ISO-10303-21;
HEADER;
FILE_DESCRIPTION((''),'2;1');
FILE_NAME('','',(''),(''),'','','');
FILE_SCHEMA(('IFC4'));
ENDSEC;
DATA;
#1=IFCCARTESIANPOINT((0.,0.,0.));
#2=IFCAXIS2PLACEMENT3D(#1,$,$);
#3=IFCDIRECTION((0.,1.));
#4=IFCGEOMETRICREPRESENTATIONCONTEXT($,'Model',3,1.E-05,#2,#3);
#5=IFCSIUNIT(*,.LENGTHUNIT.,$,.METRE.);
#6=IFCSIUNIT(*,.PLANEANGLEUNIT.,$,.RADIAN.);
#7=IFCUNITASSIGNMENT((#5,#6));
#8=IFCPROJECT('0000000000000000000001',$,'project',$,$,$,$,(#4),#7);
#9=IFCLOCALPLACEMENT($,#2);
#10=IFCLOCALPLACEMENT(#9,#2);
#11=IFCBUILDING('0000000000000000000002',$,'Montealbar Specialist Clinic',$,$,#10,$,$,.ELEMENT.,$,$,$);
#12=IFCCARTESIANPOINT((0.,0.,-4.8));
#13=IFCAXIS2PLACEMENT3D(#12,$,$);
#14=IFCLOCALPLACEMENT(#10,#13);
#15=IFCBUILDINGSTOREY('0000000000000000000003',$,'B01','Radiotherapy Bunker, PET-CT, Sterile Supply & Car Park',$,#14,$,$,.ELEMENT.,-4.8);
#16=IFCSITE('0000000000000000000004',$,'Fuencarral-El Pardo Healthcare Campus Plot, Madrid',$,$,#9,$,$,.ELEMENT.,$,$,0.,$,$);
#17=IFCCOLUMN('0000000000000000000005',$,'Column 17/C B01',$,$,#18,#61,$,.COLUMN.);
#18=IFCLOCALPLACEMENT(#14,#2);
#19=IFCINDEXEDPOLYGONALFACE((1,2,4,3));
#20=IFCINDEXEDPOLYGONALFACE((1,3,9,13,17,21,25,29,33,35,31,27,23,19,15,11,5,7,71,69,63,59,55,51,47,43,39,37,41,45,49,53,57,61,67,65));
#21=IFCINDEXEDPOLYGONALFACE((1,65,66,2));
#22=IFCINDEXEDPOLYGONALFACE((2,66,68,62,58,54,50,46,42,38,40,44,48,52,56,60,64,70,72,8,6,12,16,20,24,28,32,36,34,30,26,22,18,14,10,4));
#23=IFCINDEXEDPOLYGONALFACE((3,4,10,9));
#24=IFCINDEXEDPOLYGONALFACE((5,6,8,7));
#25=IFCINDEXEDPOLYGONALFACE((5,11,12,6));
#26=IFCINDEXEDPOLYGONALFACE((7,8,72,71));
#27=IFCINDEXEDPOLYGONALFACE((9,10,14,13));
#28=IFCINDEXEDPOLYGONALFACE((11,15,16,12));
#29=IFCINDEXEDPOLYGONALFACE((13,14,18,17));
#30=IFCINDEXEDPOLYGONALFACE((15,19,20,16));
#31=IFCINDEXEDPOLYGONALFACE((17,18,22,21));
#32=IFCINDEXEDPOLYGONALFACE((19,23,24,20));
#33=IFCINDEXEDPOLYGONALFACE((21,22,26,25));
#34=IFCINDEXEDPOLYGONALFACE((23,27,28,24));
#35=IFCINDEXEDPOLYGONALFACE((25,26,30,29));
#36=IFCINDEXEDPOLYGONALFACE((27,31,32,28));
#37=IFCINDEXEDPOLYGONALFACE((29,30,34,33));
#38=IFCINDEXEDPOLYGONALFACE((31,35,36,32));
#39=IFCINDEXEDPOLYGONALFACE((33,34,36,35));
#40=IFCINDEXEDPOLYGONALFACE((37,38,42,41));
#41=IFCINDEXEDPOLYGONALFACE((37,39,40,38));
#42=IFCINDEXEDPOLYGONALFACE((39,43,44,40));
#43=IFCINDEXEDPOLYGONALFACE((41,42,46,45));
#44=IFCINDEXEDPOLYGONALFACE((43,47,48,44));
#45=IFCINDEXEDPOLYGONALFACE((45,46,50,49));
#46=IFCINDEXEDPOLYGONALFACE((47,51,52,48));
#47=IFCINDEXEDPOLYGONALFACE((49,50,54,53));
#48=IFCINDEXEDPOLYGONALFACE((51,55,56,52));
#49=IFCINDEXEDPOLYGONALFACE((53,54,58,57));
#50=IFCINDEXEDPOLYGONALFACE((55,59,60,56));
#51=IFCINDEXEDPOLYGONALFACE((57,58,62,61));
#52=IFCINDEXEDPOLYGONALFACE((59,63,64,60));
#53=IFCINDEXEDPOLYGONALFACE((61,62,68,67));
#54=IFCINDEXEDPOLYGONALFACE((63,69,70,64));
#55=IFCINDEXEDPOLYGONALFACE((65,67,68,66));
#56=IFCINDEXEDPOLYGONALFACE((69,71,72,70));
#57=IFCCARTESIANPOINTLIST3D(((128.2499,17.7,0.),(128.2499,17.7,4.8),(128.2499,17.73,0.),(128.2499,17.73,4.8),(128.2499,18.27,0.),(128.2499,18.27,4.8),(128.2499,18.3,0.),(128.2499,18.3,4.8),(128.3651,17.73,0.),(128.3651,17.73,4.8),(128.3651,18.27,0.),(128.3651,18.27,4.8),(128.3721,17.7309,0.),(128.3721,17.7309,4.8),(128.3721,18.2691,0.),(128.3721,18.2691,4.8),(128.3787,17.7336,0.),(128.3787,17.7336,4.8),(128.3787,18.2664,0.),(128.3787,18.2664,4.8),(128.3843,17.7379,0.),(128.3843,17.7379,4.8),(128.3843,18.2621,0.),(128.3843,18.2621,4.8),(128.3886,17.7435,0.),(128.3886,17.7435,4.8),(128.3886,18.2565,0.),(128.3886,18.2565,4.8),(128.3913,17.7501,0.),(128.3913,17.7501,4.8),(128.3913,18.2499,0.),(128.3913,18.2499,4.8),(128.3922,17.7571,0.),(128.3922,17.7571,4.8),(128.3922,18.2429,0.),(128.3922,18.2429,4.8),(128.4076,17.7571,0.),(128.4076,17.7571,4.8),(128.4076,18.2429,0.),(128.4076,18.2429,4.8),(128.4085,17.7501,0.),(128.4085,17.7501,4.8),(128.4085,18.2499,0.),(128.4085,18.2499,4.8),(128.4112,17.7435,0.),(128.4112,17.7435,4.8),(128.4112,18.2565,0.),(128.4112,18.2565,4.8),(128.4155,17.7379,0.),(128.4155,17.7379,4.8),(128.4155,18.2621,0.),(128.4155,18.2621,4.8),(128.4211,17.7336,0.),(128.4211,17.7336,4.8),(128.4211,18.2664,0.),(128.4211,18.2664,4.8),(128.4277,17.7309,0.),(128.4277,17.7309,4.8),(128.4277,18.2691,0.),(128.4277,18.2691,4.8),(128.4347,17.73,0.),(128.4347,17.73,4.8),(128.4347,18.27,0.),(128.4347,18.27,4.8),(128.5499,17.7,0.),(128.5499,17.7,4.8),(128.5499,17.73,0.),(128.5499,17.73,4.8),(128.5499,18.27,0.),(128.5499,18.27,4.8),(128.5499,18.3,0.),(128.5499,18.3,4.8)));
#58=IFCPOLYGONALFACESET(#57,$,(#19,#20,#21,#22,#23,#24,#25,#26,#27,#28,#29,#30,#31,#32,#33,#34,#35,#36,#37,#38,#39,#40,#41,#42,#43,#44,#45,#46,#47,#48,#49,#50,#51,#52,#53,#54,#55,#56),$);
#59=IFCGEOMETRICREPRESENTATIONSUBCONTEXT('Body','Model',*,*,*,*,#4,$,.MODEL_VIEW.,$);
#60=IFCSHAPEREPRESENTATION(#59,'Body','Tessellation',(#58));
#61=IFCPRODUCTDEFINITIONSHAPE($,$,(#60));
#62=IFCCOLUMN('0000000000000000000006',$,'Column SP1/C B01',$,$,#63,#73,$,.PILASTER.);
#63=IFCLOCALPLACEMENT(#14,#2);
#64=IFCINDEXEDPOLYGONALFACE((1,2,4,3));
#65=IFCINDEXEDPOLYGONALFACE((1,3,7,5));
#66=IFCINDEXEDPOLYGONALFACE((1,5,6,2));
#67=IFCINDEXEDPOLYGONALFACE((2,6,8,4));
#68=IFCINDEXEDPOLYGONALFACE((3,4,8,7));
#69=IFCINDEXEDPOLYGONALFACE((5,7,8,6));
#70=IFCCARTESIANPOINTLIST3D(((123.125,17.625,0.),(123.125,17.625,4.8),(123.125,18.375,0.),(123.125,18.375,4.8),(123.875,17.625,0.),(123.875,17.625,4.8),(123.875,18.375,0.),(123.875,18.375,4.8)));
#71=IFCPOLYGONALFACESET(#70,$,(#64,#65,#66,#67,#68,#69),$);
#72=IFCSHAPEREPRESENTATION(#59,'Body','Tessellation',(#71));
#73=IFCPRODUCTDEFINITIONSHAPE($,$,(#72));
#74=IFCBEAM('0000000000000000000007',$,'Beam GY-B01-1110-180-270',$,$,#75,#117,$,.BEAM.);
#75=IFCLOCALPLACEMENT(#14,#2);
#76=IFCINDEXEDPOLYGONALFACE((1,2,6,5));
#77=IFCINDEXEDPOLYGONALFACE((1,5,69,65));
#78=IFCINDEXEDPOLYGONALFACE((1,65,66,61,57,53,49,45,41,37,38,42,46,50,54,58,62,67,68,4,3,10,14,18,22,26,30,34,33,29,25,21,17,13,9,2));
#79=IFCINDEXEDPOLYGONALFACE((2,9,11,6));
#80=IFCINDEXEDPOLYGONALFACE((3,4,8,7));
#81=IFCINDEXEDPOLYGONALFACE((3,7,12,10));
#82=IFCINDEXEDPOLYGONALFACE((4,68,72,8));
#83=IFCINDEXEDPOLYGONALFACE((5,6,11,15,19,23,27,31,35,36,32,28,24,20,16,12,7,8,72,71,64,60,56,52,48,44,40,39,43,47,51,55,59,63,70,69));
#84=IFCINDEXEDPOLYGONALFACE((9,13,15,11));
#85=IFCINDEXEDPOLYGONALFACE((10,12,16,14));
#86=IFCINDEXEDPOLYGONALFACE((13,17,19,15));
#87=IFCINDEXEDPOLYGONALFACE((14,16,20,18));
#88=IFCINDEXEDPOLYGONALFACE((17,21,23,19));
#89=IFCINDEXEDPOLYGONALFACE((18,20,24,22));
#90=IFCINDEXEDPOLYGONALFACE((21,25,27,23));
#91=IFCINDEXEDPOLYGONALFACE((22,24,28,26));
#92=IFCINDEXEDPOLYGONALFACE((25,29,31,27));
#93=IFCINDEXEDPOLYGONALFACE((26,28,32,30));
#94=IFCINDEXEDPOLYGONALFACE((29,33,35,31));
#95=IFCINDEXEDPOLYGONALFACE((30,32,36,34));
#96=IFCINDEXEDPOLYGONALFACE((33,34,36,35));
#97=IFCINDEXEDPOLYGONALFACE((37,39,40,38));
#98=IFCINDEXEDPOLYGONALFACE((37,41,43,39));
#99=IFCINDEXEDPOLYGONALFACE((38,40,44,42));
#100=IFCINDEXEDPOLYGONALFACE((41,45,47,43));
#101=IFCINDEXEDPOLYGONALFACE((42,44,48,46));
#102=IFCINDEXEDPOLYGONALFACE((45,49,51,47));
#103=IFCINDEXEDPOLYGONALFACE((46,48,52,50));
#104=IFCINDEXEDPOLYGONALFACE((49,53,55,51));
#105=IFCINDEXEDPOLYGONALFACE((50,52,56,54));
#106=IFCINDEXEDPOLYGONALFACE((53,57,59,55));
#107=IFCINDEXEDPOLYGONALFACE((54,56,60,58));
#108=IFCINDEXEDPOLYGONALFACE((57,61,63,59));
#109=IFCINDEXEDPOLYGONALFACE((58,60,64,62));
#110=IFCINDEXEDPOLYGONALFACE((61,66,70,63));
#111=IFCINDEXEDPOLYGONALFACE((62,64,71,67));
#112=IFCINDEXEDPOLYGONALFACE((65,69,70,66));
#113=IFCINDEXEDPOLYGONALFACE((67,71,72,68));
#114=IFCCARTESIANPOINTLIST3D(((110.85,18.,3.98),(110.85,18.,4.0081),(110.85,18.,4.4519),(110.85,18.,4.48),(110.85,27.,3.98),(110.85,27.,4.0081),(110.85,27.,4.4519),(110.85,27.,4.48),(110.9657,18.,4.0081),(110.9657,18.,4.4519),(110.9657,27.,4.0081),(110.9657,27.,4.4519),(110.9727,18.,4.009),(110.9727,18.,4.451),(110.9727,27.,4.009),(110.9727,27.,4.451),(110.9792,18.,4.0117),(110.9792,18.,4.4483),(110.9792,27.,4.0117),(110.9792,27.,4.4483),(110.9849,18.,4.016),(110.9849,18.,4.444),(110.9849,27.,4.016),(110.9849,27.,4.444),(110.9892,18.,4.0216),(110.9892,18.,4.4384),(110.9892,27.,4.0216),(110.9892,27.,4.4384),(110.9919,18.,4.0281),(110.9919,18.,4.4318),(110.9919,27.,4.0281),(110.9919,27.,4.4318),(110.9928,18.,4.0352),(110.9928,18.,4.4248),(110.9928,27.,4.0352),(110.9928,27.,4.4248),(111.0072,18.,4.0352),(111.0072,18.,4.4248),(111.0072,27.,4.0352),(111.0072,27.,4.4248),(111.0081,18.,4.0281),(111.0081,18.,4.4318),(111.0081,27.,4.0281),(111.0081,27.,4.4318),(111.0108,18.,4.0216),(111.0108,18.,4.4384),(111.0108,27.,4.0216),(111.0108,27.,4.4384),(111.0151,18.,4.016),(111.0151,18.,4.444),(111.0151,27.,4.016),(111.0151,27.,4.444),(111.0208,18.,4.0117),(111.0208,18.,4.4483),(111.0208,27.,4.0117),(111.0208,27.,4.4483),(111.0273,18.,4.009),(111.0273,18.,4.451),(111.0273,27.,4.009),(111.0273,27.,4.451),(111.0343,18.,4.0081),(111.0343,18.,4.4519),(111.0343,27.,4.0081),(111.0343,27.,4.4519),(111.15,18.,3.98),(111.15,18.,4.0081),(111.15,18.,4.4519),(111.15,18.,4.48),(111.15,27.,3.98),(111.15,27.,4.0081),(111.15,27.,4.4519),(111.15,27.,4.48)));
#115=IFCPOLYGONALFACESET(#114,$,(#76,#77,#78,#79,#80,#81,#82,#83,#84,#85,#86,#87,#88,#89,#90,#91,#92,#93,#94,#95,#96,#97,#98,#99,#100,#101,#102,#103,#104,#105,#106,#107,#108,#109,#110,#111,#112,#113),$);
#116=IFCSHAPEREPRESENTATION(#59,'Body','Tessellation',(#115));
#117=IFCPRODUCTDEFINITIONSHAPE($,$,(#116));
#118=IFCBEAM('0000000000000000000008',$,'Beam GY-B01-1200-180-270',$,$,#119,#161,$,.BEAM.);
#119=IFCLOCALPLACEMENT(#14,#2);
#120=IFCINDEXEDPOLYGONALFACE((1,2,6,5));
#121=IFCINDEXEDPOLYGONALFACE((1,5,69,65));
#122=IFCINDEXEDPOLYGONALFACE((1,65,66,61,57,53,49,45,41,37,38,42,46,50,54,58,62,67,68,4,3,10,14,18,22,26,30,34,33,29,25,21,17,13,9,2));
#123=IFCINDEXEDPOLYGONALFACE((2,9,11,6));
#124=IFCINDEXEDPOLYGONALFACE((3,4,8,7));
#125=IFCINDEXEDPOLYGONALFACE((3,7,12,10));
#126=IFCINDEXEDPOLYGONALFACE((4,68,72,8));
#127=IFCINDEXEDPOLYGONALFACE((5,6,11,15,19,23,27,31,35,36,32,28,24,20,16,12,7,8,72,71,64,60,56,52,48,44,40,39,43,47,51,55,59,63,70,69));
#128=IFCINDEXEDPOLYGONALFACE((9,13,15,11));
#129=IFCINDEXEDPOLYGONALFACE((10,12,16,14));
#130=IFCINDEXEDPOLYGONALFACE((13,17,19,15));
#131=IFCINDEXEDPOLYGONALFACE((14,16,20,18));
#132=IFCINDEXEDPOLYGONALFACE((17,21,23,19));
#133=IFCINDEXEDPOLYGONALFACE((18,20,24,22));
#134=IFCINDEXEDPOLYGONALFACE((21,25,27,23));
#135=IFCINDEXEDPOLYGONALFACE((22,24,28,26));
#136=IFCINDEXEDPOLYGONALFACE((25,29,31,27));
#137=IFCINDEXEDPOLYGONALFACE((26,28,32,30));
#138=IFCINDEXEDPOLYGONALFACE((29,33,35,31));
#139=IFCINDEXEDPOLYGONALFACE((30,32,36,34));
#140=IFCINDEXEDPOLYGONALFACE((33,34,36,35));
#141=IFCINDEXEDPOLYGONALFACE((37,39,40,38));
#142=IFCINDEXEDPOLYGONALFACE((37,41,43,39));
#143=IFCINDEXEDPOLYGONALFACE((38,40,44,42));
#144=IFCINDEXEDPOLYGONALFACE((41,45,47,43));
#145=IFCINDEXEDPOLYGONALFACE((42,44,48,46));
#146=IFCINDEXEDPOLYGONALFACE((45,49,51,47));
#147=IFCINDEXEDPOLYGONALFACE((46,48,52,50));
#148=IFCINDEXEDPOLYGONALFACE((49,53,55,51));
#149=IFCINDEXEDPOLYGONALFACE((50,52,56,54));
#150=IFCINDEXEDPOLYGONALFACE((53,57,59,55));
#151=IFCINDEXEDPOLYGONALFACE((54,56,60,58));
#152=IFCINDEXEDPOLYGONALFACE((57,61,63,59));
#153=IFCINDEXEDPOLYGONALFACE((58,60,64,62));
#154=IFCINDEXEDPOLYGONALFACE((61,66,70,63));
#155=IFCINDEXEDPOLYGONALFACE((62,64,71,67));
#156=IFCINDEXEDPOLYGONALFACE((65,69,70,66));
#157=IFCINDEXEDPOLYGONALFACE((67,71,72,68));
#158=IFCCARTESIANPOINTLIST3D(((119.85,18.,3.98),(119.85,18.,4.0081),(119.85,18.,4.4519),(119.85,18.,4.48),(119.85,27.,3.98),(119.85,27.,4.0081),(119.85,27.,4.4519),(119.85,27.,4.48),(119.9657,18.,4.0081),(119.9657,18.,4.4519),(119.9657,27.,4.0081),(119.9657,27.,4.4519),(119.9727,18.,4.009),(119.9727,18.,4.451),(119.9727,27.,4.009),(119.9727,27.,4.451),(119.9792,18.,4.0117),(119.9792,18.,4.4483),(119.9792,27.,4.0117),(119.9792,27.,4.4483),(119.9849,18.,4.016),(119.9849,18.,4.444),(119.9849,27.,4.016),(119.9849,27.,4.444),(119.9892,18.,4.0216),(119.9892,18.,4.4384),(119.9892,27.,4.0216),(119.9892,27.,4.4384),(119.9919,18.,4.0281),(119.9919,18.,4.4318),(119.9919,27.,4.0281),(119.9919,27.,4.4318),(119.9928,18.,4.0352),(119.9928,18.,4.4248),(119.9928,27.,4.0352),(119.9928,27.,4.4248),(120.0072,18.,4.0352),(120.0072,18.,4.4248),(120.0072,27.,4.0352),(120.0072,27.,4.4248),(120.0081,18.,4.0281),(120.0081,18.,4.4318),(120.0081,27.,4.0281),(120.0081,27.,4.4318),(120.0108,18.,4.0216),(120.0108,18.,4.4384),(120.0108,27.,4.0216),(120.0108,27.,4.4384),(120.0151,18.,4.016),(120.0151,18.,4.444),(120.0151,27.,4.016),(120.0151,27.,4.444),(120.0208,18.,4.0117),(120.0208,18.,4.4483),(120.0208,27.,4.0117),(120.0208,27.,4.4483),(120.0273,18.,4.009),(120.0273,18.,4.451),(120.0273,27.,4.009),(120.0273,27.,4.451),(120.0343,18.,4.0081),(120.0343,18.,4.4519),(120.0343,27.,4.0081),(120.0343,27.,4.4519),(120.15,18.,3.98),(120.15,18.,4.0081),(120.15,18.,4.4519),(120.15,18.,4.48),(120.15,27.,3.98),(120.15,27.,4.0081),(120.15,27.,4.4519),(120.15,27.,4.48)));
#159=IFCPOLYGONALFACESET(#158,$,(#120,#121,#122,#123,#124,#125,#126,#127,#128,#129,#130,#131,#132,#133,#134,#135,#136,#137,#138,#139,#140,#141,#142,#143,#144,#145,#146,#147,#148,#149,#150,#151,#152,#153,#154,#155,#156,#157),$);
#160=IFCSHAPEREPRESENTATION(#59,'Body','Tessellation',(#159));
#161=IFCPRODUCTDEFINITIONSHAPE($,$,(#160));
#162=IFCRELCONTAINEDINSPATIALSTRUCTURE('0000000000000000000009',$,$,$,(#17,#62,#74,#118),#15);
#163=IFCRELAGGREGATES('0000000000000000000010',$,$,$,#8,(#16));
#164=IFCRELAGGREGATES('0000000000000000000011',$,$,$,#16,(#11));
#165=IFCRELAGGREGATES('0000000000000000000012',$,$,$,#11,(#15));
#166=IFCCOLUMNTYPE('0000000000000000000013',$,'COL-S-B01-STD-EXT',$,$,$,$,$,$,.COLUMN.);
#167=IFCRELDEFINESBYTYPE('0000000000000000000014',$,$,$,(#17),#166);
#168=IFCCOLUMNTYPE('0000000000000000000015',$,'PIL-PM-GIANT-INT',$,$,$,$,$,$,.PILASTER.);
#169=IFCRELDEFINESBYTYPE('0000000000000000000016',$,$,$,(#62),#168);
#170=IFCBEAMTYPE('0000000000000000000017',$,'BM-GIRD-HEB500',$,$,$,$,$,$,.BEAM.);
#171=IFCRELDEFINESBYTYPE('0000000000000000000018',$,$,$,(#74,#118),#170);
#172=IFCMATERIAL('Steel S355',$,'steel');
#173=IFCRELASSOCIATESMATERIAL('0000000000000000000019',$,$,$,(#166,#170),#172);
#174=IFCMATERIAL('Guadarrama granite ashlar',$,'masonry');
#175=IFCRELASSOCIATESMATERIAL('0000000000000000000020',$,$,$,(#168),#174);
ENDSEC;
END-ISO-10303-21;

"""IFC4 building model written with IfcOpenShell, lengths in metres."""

from ifc_helpers import new_model, si_unit, direction, frame, origin, origin_2d, place, context, subcontext, project, spatial, rectangle, i_section, extrude, material, material_profile, profile_set, type_object, element, save


model = new_model("IFC4")

# Units and contexts
model_context = context("Model", 3, precision=1e-05, world=origin(), true_north=direction((0.0, 1.0)))
body_context = subcontext(model_context, "Body", "Model", "MODEL_VIEW")
ifc_project = project(units=[si_unit("LENGTHUNIT", "METRE"), si_unit("PLANEANGLEUNIT", "RADIAN")], contexts=[model_context])

# Site, building, storey
site_placement = place(None, origin())
site = spatial("IfcSite", under=ifc_project, at=site_placement, Name="Fuencarral-El Pardo Healthcare Campus Plot, Madrid", CompositionType="ELEMENT", RefElevation=0.0)
building_placement = place(site_placement, origin())
building = spatial("IfcBuilding", under=site, at=building_placement, Name="Montealbar Specialist Clinic", CompositionType="ELEMENT")
storey_placement = place(building_placement, frame((0.0, 0.0, -4.8)))
storey = spatial("IfcBuildingStorey", under=building, at=storey_placement, Name="B01", Description="Radiotherapy Bunker, PET-CT, Sterile Supply & Car Park", CompositionType="ELEMENT", Elevation=-4.8)

# Columns
ifc_material_1 = material(Name="Steel S355", Category="steel")
ifc_material_profile_1 = material_profile(ifc_material_1, i_section(OverallWidth=0.3, OverallDepth=0.6001, WebThickness=0.0154, FlangeThickness=0.03, FilletRadius=0.0271, at=origin_2d()), Name="HEB 600", Category="steel")
ifc_profile_set_1 = profile_set([ifc_material_profile_1], Name="Steel S355")
column_type_1 = type_object("IfcColumnType", Name="COL-S-B01-STD-EXT", PredefinedType="COLUMN", material=ifc_profile_set_1)
for number, where, z_axis, x_axis, name in (
    (1, (128.3999, 18.0, 0.0), (0.0, 0.0, 1.0), (1.0, 0.0, 0.0), "Column 17/C B01"),
):
    element("IfcColumn", number, at=place(storey_placement, frame(where, z_axis=z_axis, x_axis=x_axis)), inside=storey, type_object=column_type_1, Name=name, PredefinedType="COLUMN", context=body_context, shape_type="SweptSolid", body=[
        extrude(i_section(OverallWidth=0.3, OverallDepth=0.6001, WebThickness=0.0154, FlangeThickness=0.03, FilletRadius=0.0271, at=origin_2d()), origin(), (0.0, 0.0, 1.0), 4.8),
    ])
ifc_material_2 = material(Name="Guadarrama granite ashlar", Category="masonry")
ifc_material_profile_2 = material_profile(ifc_material_2, rectangle(XDim=0.75, YDim=0.75, at=origin_2d()), Name="GRANITE PILASTER 750x750", Category="masonry")
ifc_profile_set_2 = profile_set([ifc_material_profile_2], Name="Guadarrama granite ashlar")
column_type_2 = type_object("IfcColumnType", Name="PIL-PM-GIANT-INT", PredefinedType="PILASTER", material=ifc_profile_set_2)
column_1_placement = place(storey_placement, frame((123.5, 18.0, 0.0), z_axis=(0.0, 0.0, 1.0), x_axis=(1.0, 0.0, 0.0)))
element("IfcColumn", 2, at=column_1_placement, inside=storey, type_object=column_type_2, Name="Column SP1/C B01", PredefinedType="PILASTER", context=body_context, shape_type="SweptSolid", body=[
    extrude(rectangle(XDim=0.75, YDim=0.75, at=origin_2d()), origin(), (0.0, 0.0, 1.0), 4.8),
])

# Beams
ifc_material_profile_3 = material_profile(ifc_material_1, i_section(OverallWidth=0.3, OverallDepth=0.5, WebThickness=0.0144, FlangeThickness=0.0281, FilletRadius=0.0271, at=origin_2d()), Name="HEB 500", Category="steel")
ifc_profile_set_3 = profile_set([ifc_material_profile_3], Name="Steel S355")
beam_type_1 = type_object("IfcBeamType", Name="BM-GIRD-HEB500", PredefinedType="BEAM", material=ifc_profile_set_3)
for number, where, z_axis, x_axis, name in (
    (3, (111.0, 18.0, 4.23), (0.0, 1.0, 0.0), (-1.0, 0.0, 0.0), "Beam GY-B01-1110-180-270"),
    (4, (120.0, 18.0, 4.23), (0.0, 1.0, 0.0), (-1.0, 0.0, 0.0), "Beam GY-B01-1200-180-270"),
):
    element("IfcBeam", number, at=place(storey_placement, frame(where, z_axis=z_axis, x_axis=x_axis)), inside=storey, type_object=beam_type_1, Name=name, PredefinedType="BEAM", context=body_context, shape_type="SweptSolid", body=[
        extrude(i_section(OverallWidth=0.3, OverallDepth=0.5, WebThickness=0.0144, FlangeThickness=0.0281, FilletRadius=0.0271, at=origin_2d()), origin(), (0.0, 0.0, 1.0), 9.0),
    ])

save(model, "model.ifc")
